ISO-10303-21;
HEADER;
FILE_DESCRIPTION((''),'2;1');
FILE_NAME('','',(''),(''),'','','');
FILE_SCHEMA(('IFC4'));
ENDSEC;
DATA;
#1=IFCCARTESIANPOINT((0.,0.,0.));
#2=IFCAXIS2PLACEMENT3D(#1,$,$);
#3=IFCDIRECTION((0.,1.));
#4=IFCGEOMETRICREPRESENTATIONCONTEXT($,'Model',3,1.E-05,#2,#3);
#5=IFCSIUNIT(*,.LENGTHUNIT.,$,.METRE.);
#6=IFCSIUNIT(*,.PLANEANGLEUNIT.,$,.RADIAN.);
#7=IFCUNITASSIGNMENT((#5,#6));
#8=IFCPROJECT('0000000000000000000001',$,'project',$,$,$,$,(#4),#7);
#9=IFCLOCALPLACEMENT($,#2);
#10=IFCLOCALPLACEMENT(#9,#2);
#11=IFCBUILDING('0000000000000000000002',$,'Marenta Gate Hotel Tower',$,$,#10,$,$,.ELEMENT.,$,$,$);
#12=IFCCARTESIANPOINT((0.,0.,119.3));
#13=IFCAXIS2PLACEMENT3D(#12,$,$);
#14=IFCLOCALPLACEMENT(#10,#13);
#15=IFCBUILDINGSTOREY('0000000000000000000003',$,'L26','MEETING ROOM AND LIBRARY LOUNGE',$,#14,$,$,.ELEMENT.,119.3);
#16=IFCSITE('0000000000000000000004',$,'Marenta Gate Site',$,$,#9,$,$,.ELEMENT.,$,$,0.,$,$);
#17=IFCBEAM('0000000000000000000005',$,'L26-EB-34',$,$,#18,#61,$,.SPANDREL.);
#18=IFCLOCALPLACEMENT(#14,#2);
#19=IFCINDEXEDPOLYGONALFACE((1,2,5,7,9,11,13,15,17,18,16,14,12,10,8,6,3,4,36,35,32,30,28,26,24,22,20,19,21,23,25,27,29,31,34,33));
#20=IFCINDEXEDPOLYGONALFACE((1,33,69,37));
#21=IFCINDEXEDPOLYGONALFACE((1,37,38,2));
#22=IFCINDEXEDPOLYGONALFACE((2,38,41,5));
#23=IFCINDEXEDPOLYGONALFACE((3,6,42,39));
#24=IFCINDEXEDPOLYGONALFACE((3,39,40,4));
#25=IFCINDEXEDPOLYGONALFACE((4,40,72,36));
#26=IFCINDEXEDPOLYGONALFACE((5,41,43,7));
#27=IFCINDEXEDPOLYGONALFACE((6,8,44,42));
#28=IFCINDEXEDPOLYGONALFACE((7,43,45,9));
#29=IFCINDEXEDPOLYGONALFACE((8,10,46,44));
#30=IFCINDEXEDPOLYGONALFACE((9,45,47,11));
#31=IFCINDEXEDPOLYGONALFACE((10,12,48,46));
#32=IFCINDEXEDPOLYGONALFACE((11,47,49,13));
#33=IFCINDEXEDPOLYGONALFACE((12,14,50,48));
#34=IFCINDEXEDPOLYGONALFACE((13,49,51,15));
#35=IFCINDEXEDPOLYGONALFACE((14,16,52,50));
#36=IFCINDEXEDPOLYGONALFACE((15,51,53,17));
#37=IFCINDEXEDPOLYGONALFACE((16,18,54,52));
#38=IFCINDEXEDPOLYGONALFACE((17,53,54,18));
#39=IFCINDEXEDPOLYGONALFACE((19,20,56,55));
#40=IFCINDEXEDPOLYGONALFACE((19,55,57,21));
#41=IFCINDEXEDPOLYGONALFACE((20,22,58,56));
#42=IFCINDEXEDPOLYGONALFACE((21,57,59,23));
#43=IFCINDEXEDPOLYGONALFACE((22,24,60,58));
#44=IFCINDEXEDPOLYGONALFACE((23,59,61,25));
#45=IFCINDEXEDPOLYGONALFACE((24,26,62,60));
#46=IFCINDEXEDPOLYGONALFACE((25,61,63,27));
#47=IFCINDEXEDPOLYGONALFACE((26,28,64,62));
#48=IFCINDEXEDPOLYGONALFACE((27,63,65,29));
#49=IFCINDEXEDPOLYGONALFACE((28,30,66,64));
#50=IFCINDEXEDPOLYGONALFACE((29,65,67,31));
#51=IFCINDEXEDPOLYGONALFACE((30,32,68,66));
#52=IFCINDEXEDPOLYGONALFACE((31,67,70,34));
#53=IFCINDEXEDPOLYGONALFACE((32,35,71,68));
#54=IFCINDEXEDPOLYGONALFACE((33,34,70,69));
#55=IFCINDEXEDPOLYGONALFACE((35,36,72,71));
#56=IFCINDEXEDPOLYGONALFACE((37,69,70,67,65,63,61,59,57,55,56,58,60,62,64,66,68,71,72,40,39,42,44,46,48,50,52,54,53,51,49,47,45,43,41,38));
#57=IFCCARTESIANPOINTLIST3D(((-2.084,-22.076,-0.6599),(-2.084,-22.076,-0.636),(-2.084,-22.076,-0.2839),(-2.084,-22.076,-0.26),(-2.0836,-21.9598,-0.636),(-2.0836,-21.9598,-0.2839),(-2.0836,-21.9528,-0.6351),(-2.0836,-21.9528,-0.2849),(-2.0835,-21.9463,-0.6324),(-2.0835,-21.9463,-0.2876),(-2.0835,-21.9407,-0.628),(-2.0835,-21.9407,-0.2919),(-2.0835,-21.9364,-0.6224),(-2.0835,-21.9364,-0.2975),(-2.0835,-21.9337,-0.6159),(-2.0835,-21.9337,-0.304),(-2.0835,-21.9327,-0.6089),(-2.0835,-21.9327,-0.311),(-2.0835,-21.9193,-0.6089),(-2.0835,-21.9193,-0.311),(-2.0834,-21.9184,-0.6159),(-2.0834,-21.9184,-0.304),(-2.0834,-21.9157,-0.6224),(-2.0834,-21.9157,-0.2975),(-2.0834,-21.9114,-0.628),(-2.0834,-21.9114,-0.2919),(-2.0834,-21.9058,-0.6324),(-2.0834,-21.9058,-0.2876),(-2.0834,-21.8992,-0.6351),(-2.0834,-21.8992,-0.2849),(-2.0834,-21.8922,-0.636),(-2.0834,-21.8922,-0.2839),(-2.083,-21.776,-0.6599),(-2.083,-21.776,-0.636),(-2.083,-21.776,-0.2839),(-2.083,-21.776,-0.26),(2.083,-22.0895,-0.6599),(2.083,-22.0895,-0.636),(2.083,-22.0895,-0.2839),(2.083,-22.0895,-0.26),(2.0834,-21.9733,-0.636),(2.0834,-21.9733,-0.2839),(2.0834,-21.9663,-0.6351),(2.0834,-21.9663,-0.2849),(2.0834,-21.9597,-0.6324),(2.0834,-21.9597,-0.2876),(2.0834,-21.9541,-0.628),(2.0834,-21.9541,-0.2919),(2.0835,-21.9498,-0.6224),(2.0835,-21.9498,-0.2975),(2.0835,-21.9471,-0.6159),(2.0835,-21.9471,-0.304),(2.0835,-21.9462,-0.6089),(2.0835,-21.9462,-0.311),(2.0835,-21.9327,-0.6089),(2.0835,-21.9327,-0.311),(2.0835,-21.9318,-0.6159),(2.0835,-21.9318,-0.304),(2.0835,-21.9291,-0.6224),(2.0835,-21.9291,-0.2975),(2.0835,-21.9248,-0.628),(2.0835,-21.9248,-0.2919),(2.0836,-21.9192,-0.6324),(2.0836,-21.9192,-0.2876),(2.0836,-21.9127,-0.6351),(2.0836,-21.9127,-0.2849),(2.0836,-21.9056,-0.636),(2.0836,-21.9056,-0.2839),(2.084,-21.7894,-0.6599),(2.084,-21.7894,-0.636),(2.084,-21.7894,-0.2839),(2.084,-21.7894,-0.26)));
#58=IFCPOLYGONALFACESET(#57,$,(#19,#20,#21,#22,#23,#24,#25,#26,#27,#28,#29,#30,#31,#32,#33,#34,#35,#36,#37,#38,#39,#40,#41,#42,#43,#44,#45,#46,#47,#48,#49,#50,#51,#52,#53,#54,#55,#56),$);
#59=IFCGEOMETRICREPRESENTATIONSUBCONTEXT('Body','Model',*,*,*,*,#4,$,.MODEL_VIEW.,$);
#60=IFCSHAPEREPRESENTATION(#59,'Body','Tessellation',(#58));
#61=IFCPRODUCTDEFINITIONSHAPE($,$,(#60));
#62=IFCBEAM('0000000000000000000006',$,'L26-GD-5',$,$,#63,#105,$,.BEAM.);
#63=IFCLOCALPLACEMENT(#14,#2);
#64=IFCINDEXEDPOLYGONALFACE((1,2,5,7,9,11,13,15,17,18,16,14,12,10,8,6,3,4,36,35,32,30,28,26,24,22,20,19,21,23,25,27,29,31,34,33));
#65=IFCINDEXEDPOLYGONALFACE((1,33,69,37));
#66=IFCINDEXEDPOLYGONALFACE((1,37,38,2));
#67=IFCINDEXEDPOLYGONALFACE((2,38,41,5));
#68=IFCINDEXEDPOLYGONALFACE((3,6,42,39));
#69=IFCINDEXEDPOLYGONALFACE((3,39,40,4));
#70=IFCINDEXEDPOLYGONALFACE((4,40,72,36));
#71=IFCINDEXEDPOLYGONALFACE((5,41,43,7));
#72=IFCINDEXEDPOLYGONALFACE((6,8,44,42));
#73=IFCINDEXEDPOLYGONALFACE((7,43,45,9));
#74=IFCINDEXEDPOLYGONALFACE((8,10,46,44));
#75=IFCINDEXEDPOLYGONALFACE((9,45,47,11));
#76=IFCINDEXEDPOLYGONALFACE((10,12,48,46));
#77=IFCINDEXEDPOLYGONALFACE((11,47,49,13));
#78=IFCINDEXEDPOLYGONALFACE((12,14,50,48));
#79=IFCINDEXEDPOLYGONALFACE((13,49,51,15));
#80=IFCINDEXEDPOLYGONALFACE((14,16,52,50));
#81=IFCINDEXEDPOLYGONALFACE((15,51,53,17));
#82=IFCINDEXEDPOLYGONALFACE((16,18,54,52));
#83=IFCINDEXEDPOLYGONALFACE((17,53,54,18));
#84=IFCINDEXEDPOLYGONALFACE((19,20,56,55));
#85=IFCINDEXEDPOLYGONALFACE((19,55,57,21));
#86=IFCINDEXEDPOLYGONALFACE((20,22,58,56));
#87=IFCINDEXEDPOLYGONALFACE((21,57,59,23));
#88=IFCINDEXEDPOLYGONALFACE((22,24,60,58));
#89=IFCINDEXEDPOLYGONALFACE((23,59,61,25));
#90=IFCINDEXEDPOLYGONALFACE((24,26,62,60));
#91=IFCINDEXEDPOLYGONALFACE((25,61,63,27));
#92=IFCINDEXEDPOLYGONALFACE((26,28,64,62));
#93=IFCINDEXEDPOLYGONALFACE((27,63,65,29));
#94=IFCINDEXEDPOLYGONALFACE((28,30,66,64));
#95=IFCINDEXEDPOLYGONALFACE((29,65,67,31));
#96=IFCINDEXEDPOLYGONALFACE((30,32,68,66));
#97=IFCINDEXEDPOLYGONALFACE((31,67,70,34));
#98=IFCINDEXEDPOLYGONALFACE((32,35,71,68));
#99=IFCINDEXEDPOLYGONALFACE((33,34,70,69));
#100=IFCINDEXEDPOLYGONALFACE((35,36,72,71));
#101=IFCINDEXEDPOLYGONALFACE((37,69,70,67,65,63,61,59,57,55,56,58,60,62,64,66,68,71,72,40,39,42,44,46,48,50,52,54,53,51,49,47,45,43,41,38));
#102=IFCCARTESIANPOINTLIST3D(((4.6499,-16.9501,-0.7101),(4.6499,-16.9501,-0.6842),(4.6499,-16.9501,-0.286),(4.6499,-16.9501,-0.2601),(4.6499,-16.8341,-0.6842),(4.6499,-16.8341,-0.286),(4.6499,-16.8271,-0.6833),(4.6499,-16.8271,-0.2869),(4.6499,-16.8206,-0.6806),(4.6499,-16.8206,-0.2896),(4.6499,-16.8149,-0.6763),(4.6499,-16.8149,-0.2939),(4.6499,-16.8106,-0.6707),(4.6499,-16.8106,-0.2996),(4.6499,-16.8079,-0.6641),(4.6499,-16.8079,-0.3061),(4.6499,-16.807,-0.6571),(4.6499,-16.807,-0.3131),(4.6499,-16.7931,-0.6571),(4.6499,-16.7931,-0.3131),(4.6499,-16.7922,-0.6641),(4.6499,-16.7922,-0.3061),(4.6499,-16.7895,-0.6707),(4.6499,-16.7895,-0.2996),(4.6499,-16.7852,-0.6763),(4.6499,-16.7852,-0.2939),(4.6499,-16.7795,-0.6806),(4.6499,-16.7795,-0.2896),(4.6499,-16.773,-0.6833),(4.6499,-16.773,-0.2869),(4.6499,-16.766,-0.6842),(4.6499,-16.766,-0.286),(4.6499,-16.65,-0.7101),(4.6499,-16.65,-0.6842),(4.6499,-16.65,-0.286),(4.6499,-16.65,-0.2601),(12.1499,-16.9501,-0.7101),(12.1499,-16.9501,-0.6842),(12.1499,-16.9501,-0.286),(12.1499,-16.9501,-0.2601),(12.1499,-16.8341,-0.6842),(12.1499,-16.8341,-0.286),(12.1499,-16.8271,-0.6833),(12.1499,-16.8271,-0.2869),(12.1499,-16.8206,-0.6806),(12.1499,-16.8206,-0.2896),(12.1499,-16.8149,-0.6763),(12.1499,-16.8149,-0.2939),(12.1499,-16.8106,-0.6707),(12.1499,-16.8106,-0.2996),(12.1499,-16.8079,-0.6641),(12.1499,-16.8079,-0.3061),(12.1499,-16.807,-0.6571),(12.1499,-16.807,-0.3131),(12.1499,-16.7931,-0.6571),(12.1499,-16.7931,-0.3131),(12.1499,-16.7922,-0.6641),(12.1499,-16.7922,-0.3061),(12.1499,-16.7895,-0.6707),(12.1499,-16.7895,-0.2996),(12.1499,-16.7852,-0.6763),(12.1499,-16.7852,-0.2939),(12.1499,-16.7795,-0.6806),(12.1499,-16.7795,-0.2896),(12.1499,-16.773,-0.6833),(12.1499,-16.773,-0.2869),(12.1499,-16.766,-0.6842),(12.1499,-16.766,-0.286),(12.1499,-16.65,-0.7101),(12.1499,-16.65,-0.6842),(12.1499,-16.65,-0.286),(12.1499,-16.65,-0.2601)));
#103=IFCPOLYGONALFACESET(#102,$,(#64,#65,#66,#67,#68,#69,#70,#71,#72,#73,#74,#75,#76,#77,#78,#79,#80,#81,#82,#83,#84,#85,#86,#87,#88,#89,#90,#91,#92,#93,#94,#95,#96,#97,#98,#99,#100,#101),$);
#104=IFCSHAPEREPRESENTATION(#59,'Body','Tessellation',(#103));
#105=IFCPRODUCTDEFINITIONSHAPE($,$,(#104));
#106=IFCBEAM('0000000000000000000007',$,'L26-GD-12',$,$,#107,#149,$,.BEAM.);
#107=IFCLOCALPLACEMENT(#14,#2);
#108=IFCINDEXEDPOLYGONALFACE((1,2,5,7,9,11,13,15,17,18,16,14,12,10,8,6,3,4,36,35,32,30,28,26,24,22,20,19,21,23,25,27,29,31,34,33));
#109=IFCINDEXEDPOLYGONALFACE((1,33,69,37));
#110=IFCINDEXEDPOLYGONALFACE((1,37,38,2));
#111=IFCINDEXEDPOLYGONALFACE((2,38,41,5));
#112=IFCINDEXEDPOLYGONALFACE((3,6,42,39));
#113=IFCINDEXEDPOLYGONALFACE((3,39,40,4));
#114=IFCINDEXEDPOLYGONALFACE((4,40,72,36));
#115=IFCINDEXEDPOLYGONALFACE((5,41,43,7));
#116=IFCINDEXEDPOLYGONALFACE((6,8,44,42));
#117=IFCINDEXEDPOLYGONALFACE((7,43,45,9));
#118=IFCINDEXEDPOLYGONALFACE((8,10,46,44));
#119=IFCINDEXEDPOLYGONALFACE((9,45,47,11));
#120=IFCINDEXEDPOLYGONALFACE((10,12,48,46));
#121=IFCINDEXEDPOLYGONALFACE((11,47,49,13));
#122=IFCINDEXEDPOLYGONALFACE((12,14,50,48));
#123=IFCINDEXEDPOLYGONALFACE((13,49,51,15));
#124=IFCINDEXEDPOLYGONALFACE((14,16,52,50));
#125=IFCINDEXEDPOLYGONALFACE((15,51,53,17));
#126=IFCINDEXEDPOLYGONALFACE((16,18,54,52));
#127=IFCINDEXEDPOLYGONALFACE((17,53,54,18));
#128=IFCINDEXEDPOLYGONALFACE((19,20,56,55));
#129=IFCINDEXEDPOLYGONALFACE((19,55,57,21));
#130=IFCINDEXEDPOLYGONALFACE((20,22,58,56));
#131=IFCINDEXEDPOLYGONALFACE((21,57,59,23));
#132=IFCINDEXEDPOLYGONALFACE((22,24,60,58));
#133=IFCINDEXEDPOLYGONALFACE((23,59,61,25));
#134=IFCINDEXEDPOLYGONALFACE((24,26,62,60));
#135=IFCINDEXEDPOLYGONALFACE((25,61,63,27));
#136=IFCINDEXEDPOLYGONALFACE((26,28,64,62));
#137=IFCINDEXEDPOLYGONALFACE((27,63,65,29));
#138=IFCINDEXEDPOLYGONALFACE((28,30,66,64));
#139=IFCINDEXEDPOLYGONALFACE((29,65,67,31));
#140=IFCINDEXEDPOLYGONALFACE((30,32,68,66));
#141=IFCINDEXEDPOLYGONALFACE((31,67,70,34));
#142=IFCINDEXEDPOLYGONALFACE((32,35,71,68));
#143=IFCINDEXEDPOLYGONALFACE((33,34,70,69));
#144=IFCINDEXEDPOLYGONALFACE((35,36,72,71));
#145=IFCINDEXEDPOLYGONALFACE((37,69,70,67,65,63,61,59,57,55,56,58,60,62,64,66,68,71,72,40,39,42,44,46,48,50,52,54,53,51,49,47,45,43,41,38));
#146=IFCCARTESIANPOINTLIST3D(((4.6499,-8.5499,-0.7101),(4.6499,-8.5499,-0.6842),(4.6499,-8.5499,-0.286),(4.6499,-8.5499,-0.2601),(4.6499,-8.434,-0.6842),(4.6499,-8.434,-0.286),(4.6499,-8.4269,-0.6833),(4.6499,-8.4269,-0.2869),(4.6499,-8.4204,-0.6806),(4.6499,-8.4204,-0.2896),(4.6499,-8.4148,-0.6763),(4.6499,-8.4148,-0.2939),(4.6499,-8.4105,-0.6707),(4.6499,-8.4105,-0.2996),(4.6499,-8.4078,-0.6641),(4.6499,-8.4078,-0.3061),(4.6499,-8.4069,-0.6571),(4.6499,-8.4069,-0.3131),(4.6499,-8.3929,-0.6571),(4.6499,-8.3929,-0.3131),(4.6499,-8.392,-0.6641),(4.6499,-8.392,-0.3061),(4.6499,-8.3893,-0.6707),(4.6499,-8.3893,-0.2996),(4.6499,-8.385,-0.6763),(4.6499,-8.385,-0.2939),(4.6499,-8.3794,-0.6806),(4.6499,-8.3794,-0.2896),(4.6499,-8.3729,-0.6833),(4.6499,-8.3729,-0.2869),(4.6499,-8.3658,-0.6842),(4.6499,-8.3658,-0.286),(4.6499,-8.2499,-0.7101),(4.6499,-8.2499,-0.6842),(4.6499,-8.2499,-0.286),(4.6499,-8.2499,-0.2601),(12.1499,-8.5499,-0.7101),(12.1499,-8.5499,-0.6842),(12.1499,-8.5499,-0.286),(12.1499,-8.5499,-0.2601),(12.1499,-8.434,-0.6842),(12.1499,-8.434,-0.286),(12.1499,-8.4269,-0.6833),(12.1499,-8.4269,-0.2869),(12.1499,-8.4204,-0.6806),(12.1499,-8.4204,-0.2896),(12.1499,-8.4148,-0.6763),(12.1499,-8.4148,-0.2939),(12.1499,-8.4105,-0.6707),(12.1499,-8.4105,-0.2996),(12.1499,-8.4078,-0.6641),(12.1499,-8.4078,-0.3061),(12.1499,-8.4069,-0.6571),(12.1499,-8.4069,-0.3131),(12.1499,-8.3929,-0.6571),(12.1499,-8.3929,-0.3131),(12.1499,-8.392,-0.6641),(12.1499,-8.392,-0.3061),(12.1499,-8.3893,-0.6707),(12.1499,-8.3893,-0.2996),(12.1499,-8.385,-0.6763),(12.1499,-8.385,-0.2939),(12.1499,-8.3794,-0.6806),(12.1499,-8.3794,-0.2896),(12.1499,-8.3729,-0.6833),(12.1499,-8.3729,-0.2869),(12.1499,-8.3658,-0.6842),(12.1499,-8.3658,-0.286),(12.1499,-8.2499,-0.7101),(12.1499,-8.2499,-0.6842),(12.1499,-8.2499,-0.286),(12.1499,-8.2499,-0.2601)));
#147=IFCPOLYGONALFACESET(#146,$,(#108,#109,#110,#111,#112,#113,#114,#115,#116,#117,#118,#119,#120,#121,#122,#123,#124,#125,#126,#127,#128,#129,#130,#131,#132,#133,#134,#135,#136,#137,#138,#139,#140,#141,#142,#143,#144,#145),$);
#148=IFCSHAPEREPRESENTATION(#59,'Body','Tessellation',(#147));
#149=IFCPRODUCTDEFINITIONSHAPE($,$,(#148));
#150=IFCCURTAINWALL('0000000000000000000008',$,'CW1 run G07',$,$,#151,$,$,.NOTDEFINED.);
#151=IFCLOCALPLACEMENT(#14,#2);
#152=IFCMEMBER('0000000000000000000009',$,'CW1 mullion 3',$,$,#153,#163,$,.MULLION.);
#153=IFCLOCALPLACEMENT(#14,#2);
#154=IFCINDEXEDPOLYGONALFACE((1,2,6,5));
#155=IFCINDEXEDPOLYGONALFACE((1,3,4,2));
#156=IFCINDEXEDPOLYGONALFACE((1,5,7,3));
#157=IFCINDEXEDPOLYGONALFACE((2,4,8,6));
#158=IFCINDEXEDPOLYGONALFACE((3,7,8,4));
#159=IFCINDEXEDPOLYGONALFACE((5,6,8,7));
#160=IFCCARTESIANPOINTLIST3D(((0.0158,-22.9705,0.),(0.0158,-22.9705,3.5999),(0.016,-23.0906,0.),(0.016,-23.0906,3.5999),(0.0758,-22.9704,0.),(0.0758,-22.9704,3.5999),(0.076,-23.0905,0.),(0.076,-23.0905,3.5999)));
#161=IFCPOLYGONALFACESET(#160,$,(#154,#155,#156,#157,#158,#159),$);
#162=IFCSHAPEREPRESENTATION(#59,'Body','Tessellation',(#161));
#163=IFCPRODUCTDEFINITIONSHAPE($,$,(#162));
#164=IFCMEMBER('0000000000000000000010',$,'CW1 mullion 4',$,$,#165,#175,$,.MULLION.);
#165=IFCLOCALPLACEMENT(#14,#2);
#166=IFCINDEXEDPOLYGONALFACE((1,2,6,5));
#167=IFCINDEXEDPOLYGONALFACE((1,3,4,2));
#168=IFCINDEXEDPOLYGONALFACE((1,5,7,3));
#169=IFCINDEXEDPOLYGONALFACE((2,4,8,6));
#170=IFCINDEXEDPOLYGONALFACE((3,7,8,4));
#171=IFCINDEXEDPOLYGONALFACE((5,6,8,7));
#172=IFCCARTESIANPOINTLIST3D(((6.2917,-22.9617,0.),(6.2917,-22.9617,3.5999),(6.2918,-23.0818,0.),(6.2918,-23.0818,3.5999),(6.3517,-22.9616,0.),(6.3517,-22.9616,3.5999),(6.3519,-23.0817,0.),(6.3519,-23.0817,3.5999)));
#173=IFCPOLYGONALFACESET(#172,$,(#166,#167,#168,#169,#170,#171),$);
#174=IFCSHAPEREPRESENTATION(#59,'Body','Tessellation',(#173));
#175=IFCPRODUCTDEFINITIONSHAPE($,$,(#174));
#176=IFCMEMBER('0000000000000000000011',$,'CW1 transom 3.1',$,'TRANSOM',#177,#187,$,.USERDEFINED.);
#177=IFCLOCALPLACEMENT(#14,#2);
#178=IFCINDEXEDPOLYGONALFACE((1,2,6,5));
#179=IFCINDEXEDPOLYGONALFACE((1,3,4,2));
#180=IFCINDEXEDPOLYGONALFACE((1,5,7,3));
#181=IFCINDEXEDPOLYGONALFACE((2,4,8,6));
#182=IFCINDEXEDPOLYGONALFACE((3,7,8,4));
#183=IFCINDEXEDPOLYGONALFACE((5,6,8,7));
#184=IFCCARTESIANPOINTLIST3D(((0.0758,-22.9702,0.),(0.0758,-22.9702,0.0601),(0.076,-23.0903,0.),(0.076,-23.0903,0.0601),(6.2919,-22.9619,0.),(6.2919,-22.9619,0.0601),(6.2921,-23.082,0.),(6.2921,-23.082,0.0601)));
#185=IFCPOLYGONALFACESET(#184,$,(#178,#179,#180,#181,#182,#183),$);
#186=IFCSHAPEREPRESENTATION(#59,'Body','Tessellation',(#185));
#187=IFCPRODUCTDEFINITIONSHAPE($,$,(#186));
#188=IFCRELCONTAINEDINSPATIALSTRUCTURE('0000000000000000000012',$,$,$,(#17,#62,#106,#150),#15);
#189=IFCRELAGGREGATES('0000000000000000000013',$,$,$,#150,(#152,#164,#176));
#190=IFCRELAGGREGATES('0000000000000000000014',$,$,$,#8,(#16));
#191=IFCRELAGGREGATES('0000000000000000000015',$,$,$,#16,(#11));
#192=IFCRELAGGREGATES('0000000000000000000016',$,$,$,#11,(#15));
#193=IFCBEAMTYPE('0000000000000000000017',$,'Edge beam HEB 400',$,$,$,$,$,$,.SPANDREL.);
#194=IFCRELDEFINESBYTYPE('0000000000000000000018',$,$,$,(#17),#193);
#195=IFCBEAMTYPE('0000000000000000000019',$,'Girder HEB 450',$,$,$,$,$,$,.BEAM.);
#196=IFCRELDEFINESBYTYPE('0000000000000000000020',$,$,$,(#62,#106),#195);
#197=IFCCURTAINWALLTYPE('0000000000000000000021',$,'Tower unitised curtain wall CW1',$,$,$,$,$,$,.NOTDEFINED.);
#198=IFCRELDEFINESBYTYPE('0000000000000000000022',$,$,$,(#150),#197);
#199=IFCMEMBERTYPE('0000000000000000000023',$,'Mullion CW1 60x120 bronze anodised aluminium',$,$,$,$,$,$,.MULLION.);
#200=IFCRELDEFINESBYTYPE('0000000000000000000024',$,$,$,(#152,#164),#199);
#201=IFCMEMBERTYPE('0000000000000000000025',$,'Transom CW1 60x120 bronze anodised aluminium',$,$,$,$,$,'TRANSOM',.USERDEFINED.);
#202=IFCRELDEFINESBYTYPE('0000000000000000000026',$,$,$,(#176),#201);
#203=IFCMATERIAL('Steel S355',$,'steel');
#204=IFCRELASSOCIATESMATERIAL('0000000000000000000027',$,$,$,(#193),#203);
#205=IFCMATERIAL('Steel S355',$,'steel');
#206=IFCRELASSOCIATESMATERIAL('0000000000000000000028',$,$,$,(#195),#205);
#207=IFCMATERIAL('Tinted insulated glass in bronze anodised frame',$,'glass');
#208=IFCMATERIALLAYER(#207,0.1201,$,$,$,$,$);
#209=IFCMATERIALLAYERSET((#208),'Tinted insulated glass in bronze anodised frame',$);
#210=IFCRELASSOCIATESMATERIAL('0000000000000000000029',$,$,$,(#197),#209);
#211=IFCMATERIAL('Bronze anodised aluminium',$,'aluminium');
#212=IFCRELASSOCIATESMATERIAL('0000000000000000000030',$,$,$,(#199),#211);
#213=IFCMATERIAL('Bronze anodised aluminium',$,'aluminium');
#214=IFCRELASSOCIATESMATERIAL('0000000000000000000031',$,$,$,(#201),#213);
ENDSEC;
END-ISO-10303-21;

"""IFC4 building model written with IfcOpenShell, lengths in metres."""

from ifc_helpers import new_model, si_unit, direction, frame, origin, origin_2d, place, context, subcontext, project, spatial, rectangle, i_section, extrude, material, layer, layer_set, material_profile, profile_set, type_object, element, aggregate, save


model = new_model("IFC4")

# Units and contexts
model_context = context("Model", 3, precision=1e-05, world=origin(), true_north=direction((0.0, 1.0)))
body_context = subcontext(model_context, "Body", "Model", "MODEL_VIEW")
ifc_project = project(units=[si_unit("LENGTHUNIT", "METRE"), si_unit("PLANEANGLEUNIT", "RADIAN")], contexts=[model_context])

# Site, building, storey
site_placement = place(None, origin())
site = spatial("IfcSite", under=ifc_project, at=site_placement, Name="Marenta Gate Site", CompositionType="ELEMENT", RefElevation=0.0)
building_placement = place(site_placement, origin())
building = spatial("IfcBuilding", under=site, at=building_placement, Name="Marenta Gate Hotel Tower", CompositionType="ELEMENT")
storey_placement = place(building_placement, frame((0.0, 0.0, 119.3)))
storey = spatial("IfcBuildingStorey", under=building, at=storey_placement, Name="L26", Description="MEETING ROOM AND LIBRARY LOUNGE", CompositionType="ELEMENT", Elevation=119.3)

# Beams
ifc_material_1 = material(Name="Steel S355", Category="steel")
ifc_material_profile_1 = material_profile(ifc_material_1, i_section(OverallWidth=0.3, OverallDepth=0.3999, WebThickness=0.0134, FlangeThickness=0.0239, FilletRadius=0.0271, at=origin_2d()), Name="HEB 400")
ifc_profile_set_1 = profile_set([ifc_material_profile_1], Name="Steel S355")
beam_type_1 = type_object("IfcBeamType", Name="Edge beam HEB 400", PredefinedType="SPANDREL", material=ifc_profile_set_1)
beam_1_placement = place(storey_placement, frame((2.0835, -21.9395, -0.46), z_axis=(-0.999995, 0.003222, 0.0), x_axis=(-0.003222, -0.999995, 0.0)))
element("IfcBeam", 1, at=beam_1_placement, inside=storey, type_object=beam_type_1, Name="L26-EB-34", PredefinedType="SPANDREL", context=body_context, shape_type="SweptSolid", body=[
    extrude(i_section(OverallWidth=0.3, OverallDepth=0.3999, WebThickness=0.0134, FlangeThickness=0.0239, FilletRadius=0.0271, at=origin_2d()), origin(), (0.0, 0.0, 1.0), 4.167),
])
ifc_material_2 = material(Name="Steel S355", Category="steel")
ifc_material_profile_2 = material_profile(ifc_material_2, i_section(OverallWidth=0.3, OverallDepth=0.45, WebThickness=0.0139, FlangeThickness=0.0259, FilletRadius=0.0271, at=origin_2d()), Name="HEB 450")
ifc_profile_set_2 = profile_set([ifc_material_profile_2], Name="Steel S355")
beam_type_2 = type_object("IfcBeamType", Name="Girder HEB 450", PredefinedType="BEAM", material=ifc_profile_set_2)
for number, where, z_axis, x_axis, name in (
    (2, (4.6499, -16.8, -0.4851), (1.0, 0.0, 0.0), (0.0, 1.0, 0.0), "L26-GD-5"),
    (3, (4.6499, -8.3999, -0.4851), (1.0, 0.0, 0.0), (0.0, 1.0, 0.0), "L26-GD-12"),
):
    element("IfcBeam", number, at=place(storey_placement, frame(where, z_axis=z_axis, x_axis=x_axis)), inside=storey, type_object=beam_type_2, Name=name, PredefinedType="BEAM", context=body_context, shape_type="SweptSolid", body=[
        extrude(i_section(OverallWidth=0.3, OverallDepth=0.45, WebThickness=0.0139, FlangeThickness=0.0259, FilletRadius=0.0271, at=origin_2d()), origin(), (0.0, 0.0, 1.0), 7.5),
    ])

# Curtain wall, members
ifc_material_3 = material(Name="Tinted insulated glass in bronze anodised frame", Category="glass")
ifc_layer_1 = layer(ifc_material_3, 0.1201)
ifc_layer_set_1 = layer_set([ifc_layer_1], Name="Tinted insulated glass in bronze anodised frame")
curtain_wall_type = type_object("IfcCurtainWallType", Name="Tower unitised curtain wall CW1", PredefinedType="NOTDEFINED", material=ifc_layer_set_1)
curtain_wall_placement = place(storey_placement, origin())
curtain_wall = element("IfcCurtainWall", 4, at=curtain_wall_placement, inside=storey, type_object=curtain_wall_type, Name="CW1 run G07", PredefinedType="NOTDEFINED")
ifc_material_4 = material(Name="Bronze anodised aluminium", Category="aluminium")
ifc_material_profile_3 = material_profile(ifc_material_4, rectangle(XDim=0.1201, YDim=0.0601, at=origin_2d()), Name="Mullion CW1 60x120 bronze anodised aluminium")
ifc_profile_set_3 = profile_set([ifc_material_profile_3], Name="Bronze anodised aluminium")
member_type_1 = type_object("IfcMemberType", Name="Mullion CW1 60x120 bronze anodised aluminium", PredefinedType="MULLION", material=ifc_profile_set_3)
member_1_placement = place(storey_placement, frame((0.0459, -23.0305, 0.0), z_axis=(0.0, 0.0, 1.0), x_axis=(-0.001362, 0.999999, 0.0)))
member_1 = element("IfcMember", 5, at=member_1_placement, type_object=member_type_1, Name="CW1 mullion 3", PredefinedType="MULLION", context=body_context, shape_type="SweptSolid", body=[
    extrude(rectangle(XDim=0.1201, YDim=0.0601, at=origin_2d()), origin(), (0.0, 0.0, 1.0), 3.5999),
])
member_2_placement = place(storey_placement, frame((6.3218, -23.0217, 0.0), z_axis=(0.0, 0.0, 1.0), x_axis=(-0.001362, 0.999999, 0.0)))
member_2 = element("IfcMember", 6, at=member_2_placement, type_object=member_type_1, Name="CW1 mullion 4", PredefinedType="MULLION", context=body_context, shape_type="SweptSolid", body=[
    extrude(rectangle(XDim=0.1201, YDim=0.0601, at=origin_2d()), origin(), (0.0, 0.0, 1.0), 3.5999),
])
ifc_material_5 = material(Name="Bronze anodised aluminium", Category="aluminium")
ifc_material_profile_4 = material_profile(ifc_material_5, rectangle(XDim=0.1201, YDim=0.0601, at=origin_2d()), Name="Transom CW1 60x120 bronze anodised aluminium")
ifc_profile_set_4 = profile_set([ifc_material_profile_4], Name="Bronze anodised aluminium")
member_type_2 = type_object("IfcMemberType", Name="Transom CW1 60x120 bronze anodised aluminium", ElementType="TRANSOM", PredefinedType="USERDEFINED", material=ifc_profile_set_4)
member_3_placement = place(storey_placement, frame((0.0759, -23.0303, 0.03), z_axis=(0.999999, 0.001335, 0.0), x_axis=(-0.001335, 0.999999, 0.0)))
member_3 = element("IfcMember", 7, at=member_3_placement, type_object=member_type_2, Name="CW1 transom 3.1", ObjectType="TRANSOM", PredefinedType="USERDEFINED", context=body_context, shape_type="SweptSolid", body=[
    extrude(rectangle(XDim=0.1201, YDim=0.0601, at=origin_2d()), origin(), (0.0, 0.0, 1.0), 6.2161),
])
aggregate(curtain_wall, [member_1, member_2, member_3])

save(model, "model.ifc")
